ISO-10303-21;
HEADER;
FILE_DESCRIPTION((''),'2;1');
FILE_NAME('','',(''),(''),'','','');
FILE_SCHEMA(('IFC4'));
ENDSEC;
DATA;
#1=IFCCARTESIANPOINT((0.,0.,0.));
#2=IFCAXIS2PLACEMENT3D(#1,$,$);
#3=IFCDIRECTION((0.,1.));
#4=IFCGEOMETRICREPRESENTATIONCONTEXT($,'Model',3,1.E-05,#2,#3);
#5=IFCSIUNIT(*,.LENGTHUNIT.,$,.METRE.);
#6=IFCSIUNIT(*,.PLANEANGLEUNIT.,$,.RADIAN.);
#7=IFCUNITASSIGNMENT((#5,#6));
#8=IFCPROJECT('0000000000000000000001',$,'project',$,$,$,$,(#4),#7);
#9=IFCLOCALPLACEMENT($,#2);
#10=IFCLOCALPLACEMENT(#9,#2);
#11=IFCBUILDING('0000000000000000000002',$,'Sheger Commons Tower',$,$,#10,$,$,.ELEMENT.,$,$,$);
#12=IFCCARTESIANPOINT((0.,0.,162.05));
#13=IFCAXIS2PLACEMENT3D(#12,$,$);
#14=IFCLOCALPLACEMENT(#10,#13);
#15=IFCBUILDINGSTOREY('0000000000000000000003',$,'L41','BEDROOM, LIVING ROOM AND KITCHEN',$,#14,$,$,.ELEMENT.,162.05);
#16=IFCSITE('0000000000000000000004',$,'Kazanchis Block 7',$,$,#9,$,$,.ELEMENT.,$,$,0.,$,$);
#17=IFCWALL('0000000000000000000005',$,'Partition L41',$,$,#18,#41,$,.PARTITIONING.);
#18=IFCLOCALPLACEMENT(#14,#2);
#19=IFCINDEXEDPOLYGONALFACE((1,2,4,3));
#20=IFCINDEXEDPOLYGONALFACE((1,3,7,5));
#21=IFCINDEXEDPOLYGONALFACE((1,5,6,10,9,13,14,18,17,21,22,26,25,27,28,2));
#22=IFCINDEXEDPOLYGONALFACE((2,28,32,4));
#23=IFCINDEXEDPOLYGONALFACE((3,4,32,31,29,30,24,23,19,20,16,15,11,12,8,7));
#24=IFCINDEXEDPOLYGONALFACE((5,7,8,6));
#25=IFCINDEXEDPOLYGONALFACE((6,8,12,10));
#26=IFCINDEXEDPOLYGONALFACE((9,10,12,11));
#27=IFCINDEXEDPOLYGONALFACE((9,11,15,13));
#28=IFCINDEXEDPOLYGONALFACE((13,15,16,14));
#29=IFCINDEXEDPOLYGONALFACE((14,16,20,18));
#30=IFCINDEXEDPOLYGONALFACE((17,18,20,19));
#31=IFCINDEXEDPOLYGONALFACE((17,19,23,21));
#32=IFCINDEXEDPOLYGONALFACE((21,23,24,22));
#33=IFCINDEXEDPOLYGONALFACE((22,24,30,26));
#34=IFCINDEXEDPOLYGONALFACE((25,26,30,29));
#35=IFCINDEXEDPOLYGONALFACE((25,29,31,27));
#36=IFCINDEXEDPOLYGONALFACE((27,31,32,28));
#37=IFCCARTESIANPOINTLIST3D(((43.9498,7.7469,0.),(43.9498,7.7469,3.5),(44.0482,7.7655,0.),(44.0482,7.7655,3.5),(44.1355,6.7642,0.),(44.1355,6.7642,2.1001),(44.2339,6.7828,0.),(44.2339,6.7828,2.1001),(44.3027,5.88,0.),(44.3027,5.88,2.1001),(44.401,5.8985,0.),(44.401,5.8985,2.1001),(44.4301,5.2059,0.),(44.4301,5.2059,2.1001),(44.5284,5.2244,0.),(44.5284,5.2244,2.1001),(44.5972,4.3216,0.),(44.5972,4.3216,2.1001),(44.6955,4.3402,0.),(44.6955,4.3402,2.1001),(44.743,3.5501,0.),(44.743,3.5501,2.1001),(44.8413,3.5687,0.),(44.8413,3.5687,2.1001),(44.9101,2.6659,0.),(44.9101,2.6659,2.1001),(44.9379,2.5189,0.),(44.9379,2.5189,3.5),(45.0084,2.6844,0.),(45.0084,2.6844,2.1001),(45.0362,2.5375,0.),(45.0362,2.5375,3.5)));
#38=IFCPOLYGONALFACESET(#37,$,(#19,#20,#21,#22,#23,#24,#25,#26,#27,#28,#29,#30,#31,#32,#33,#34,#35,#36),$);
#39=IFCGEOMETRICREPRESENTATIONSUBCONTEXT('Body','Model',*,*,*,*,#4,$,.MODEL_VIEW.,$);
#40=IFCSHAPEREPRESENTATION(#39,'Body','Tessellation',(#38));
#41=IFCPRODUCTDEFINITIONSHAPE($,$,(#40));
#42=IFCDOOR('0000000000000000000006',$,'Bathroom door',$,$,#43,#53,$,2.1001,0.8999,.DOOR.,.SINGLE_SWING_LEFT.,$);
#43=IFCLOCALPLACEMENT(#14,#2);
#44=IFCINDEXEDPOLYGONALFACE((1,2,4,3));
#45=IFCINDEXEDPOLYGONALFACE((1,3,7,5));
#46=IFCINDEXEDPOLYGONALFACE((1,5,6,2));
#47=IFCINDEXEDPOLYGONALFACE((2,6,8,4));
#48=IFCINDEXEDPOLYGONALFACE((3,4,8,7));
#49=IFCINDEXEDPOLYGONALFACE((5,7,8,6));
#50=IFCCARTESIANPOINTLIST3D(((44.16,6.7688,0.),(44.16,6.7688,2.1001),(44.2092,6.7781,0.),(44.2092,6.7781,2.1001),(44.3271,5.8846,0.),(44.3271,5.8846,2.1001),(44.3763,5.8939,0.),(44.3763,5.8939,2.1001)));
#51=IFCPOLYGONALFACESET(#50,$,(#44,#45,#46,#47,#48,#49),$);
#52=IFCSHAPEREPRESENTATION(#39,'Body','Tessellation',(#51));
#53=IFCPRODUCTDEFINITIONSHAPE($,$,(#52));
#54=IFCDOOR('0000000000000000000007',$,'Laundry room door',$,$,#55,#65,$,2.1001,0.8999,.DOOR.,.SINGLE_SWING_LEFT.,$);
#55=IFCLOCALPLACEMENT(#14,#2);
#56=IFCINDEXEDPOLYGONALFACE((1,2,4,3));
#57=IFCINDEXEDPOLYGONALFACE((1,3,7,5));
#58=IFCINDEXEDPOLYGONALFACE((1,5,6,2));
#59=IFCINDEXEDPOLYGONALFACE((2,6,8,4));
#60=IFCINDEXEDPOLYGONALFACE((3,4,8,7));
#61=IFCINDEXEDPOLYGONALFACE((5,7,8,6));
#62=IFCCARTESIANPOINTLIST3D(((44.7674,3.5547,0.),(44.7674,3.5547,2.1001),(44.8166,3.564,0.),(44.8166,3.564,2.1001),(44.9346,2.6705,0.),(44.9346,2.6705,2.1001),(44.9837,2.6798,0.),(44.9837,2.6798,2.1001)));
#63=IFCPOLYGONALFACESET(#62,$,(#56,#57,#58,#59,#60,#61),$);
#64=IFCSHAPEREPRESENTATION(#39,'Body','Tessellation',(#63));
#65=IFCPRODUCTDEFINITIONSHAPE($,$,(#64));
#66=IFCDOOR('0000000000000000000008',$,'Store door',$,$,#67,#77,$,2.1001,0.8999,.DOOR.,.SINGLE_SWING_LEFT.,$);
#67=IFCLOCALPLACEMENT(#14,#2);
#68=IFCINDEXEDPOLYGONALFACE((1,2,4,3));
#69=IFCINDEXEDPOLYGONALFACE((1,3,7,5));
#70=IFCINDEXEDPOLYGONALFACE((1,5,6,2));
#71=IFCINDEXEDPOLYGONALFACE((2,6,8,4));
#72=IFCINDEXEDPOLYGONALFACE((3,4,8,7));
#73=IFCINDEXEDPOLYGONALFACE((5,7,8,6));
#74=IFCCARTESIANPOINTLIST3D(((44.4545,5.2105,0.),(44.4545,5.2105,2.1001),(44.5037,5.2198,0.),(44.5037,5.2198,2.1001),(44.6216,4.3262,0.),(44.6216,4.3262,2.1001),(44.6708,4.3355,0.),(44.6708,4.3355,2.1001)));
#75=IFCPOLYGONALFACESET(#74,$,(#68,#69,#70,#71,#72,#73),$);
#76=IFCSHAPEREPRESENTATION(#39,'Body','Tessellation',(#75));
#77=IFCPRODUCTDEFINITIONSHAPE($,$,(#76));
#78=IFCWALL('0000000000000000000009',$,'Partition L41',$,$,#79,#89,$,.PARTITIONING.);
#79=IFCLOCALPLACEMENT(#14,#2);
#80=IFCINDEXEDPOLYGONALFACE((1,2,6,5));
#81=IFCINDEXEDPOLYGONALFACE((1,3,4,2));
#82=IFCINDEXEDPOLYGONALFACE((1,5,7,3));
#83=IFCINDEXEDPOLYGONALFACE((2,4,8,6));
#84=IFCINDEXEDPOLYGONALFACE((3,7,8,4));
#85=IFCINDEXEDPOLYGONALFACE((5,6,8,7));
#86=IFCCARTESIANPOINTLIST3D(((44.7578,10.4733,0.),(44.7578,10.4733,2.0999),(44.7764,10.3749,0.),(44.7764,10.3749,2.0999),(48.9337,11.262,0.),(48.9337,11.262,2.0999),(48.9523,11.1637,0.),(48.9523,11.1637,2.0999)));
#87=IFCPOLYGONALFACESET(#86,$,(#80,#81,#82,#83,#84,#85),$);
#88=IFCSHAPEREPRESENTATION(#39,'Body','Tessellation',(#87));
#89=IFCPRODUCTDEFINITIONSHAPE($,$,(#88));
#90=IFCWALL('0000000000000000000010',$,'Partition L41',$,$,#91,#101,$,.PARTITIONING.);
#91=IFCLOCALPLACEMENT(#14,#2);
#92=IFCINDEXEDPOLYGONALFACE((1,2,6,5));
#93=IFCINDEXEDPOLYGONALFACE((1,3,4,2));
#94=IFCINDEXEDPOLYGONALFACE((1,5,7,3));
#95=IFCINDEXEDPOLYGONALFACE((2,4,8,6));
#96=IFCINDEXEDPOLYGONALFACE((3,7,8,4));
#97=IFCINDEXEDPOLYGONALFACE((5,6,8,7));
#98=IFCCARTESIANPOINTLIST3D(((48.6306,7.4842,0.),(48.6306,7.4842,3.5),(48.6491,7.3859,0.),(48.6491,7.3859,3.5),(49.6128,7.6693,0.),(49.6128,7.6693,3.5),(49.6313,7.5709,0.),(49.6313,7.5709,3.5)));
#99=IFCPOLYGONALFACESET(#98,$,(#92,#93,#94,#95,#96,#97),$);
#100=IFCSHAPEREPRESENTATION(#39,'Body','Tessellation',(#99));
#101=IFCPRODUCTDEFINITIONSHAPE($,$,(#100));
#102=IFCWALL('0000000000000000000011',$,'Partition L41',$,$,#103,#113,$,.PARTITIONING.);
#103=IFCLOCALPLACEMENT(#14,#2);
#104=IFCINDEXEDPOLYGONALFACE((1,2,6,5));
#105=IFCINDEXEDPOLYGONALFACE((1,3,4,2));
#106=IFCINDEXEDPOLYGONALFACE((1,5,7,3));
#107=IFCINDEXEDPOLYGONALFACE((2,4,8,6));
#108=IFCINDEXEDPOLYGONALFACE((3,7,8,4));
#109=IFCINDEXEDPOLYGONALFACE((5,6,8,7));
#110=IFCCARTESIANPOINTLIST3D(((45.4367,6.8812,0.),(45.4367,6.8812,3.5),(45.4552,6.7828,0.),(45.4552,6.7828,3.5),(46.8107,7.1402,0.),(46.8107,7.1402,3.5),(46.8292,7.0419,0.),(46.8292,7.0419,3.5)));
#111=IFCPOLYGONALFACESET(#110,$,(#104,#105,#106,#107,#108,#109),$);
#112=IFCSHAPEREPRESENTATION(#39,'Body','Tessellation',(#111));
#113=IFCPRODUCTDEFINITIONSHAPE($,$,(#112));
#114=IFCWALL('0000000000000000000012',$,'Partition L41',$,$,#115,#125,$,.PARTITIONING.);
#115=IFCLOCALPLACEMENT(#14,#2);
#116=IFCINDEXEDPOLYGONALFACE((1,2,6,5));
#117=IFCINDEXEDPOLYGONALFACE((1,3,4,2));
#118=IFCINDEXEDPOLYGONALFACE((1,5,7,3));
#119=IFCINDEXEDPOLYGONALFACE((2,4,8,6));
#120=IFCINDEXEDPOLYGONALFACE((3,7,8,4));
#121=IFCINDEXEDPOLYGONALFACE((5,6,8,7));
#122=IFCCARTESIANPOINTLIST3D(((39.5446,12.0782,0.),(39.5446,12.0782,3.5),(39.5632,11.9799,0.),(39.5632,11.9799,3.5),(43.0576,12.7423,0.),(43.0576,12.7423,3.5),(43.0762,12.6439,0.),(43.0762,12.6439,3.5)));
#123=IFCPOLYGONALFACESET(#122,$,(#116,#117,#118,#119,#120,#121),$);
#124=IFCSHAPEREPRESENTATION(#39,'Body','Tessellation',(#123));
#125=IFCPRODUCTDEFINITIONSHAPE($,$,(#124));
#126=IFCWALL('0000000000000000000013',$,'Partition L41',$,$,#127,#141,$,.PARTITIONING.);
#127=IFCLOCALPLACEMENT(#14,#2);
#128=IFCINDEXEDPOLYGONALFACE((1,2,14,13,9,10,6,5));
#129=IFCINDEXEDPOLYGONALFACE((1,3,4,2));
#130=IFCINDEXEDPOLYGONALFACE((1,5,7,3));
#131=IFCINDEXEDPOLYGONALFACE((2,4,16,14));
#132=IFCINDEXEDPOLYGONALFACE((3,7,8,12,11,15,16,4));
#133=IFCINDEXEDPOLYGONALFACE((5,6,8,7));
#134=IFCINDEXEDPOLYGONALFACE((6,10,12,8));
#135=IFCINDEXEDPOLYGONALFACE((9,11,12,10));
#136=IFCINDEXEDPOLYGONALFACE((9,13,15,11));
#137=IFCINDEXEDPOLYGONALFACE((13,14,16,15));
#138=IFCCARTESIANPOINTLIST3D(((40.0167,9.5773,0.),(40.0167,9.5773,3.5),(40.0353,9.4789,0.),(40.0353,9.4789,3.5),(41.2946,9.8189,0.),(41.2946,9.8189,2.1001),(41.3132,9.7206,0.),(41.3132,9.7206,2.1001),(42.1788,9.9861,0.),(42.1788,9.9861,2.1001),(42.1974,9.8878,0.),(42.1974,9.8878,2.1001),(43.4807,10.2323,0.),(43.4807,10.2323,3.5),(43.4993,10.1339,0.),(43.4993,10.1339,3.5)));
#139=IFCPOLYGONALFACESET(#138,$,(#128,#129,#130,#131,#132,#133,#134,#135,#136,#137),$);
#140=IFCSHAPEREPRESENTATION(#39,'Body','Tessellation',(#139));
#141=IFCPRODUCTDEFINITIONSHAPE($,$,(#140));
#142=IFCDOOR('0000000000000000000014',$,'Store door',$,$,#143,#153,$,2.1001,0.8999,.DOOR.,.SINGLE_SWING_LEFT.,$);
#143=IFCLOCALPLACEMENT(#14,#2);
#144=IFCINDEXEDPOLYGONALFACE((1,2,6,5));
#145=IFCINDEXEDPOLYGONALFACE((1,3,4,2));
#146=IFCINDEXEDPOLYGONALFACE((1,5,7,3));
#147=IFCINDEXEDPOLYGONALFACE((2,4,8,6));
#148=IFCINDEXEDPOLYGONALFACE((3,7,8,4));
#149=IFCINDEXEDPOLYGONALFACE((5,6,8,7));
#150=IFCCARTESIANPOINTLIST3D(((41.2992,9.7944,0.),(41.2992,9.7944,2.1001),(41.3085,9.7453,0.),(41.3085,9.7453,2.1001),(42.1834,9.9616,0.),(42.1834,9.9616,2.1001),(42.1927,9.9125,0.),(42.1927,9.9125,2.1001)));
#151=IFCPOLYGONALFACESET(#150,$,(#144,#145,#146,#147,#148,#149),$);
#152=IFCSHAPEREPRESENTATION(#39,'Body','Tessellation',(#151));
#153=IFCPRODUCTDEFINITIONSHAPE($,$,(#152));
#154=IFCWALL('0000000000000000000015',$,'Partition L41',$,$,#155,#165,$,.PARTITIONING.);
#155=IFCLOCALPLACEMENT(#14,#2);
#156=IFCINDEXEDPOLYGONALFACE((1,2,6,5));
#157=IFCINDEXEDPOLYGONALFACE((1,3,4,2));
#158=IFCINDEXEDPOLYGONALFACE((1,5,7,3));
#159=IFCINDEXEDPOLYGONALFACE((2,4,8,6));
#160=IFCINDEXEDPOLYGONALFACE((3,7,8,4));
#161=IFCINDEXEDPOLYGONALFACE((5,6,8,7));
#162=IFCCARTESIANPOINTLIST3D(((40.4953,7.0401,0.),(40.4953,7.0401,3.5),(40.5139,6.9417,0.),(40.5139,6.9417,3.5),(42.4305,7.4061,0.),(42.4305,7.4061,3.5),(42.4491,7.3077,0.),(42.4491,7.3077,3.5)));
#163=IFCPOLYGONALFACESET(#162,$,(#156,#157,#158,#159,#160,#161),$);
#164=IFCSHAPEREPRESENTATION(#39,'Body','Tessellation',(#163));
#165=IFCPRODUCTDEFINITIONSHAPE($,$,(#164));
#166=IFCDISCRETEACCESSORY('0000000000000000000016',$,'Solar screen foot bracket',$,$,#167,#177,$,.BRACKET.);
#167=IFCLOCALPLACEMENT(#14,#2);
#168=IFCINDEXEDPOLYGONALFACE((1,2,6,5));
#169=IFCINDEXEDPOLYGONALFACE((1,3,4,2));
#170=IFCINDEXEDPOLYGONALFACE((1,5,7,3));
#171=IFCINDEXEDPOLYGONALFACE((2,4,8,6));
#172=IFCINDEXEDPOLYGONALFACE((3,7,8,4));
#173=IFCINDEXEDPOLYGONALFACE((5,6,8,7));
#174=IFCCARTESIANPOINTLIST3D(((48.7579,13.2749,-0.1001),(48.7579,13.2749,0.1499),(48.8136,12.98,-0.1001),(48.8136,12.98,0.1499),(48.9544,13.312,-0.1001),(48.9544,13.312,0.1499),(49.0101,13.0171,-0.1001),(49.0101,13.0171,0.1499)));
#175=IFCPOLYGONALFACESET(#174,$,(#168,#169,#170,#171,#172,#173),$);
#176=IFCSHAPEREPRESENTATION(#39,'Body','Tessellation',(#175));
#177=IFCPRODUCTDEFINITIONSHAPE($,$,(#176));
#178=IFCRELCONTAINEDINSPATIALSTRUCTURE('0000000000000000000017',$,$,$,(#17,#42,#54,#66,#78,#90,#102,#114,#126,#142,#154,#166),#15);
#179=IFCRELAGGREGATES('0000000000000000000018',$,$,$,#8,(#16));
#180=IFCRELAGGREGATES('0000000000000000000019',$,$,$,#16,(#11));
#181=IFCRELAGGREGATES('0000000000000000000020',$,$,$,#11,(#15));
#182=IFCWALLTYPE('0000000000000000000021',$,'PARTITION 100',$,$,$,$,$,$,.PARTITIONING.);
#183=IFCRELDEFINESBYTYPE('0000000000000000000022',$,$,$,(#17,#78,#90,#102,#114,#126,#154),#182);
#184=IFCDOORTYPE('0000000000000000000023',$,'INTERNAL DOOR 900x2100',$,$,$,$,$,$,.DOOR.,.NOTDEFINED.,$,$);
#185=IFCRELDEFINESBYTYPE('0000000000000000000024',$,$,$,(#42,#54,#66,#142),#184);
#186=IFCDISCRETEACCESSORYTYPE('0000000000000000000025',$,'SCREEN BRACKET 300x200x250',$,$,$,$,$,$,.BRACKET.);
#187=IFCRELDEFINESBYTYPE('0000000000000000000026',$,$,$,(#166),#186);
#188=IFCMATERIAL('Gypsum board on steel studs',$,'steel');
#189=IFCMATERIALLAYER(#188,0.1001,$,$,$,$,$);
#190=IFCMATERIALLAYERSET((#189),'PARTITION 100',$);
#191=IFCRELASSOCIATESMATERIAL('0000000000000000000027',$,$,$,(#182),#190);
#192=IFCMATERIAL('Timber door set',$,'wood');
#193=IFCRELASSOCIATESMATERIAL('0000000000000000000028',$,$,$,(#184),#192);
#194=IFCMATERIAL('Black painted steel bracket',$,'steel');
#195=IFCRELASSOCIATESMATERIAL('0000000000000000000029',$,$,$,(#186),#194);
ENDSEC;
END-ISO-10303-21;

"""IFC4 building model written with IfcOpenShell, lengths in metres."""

from ifc_helpers import new_model, si_unit, direction, frame, frame_2d, origin, origin_2d, place, context, subcontext, project, spatial, rectangle, extrude, material, layer, layer_set, type_object, element, fill, save


model = new_model("IFC4")

# Units and contexts
model_context = context("Model", 3, precision=1e-05, world=origin(), true_north=direction((0.0, 1.0)))
body_context = subcontext(model_context, "Body", "Model", "MODEL_VIEW")
ifc_project = project(units=[si_unit("LENGTHUNIT", "METRE"), si_unit("PLANEANGLEUNIT", "RADIAN")], contexts=[model_context])

# Site, building, storey
site_placement = place(None, origin())
site = spatial("IfcSite", under=ifc_project, at=site_placement, Name="Kazanchis Block 7", CompositionType="ELEMENT", RefElevation=0.0)
building_placement = place(site_placement, origin())
building = spatial("IfcBuilding", under=site, at=building_placement, Name="Sheger Commons Tower", CompositionType="ELEMENT")
storey_placement = place(building_placement, frame((0.0, 0.0, 162.05)))
storey = spatial("IfcBuildingStorey", under=building, at=storey_placement, Name="L41", Description="BEDROOM, LIVING ROOM AND KITCHEN", CompositionType="ELEMENT", Elevation=162.05)

# Shared definitions
ifc_material_1 = material(Name="Gypsum board on steel studs", Category="steel")
ifc_layer_1 = layer(ifc_material_1, 0.1001)
ifc_layer_set_1 = layer_set([ifc_layer_1], Name="PARTITION 100")
wall_type_1 = type_object("IfcWallType", Name="PARTITION 100", PredefinedType="PARTITIONING", material=ifc_layer_set_1)
ifc_material_2 = material(Name="Timber door set", Category="wood")
door_type_1 = type_object("IfcDoorType", Name="INTERNAL DOOR 900x2100", OperationType="NOTDEFINED", PredefinedType="DOOR", material=ifc_material_2)

# Wall, openings, doors
wall_1_placement = place(storey_placement, frame((43.999, 7.7561, 0.0), z_axis=(0.0, 0.0, 1.0), x_axis=(0.185701, -0.982606, 0.0)))
wall_1 = element("IfcWall", 1, at=wall_1_placement, inside=storey, type_object=wall_type_1, Name="Partition L41", PredefinedType="PARTITIONING", context=body_context, shape_type="SweptSolid", body=[
    extrude(rectangle(XDim=5.3206, YDim=0.1001, at=frame_2d((2.6602, 0.0))), origin(), (0.0, 0.0, 1.0), 3.5),
])
opening_1_placement = place(wall_1_placement, frame((1.0, 0.0, 0.0)))
opening_1 = element("IfcOpeningElement", 2, at=opening_1_placement, cuts=wall_1, PredefinedType="OPENING", context=body_context, shape_type="SweptSolid", body=[
    extrude(rectangle(XDim=0.8999, YDim=2.1001, at=frame_2d((0.45, 1.05))), frame((0.0, 0.0601, 0.0), z_axis=(0.0, -1.0, 0.0), x_axis=(1.0, 0.0, 0.0)), (0.0, 0.0, 1.0), 0.1201),
])
opening_2_placement = place(wall_1_placement, frame((4.271, 0.0, 0.0)))
opening_2 = element("IfcOpeningElement", 3, at=opening_2_placement, cuts=wall_1, PredefinedType="OPENING", context=body_context, shape_type="SweptSolid", body=[
    extrude(rectangle(XDim=0.8999, YDim=2.1001, at=frame_2d((0.45, 1.05))), frame((0.0, 0.0601, 0.0), z_axis=(0.0, -1.0, 0.0), x_axis=(1.0, 0.0, 0.0)), (0.0, 0.0, 1.0), 0.1201),
])
opening_3_placement = place(wall_1_placement, frame((2.5859, 0.0, 0.0)))
opening_3 = element("IfcOpeningElement", 4, at=opening_3_placement, cuts=wall_1, PredefinedType="OPENING", context=body_context, shape_type="SweptSolid", body=[
    extrude(rectangle(XDim=0.8999, YDim=2.1001, at=frame_2d((0.45, 1.05))), frame((0.0, 0.0601, 0.0), z_axis=(0.0, -1.0, 0.0), x_axis=(1.0, 0.0, 0.0)), (0.0, 0.0, 1.0), 0.1201),
])
door_1_placement = place(opening_1_placement, origin())
door_1 = element("IfcDoor", 5, at=door_1_placement, inside=storey, type_object=door_type_1, Name="Bathroom door", OperationType="SINGLE_SWING_LEFT", OverallHeight=2.1001, OverallWidth=0.8999, PredefinedType="DOOR", context=body_context, shape_type="SweptSolid", body=[
    extrude(rectangle(XDim=0.8999, YDim=2.1001, at=frame_2d((0.45, 1.05))), frame((0.0, 0.0249, 0.0), z_axis=(0.0, -1.0, 0.0), x_axis=(1.0, 0.0, 0.0)), (0.0, 0.0, 1.0), 0.05),
])
fill(opening_1, door_1)
door_2_placement = place(opening_2_placement, origin())
door_2 = element("IfcDoor", 6, at=door_2_placement, inside=storey, type_object=door_type_1, Name="Laundry room door", OperationType="SINGLE_SWING_LEFT", OverallHeight=2.1001, OverallWidth=0.8999, PredefinedType="DOOR", context=body_context, shape_type="SweptSolid", body=[
    extrude(rectangle(XDim=0.8999, YDim=2.1001, at=frame_2d((0.45, 1.05))), frame((0.0, 0.0249, 0.0), z_axis=(0.0, -1.0, 0.0), x_axis=(1.0, 0.0, 0.0)), (0.0, 0.0, 1.0), 0.05),
])
fill(opening_2, door_2)
door_3_placement = place(opening_3_placement, origin())
door_3 = element("IfcDoor", 7, at=door_3_placement, inside=storey, type_object=door_type_1, Name="Store door", OperationType="SINGLE_SWING_LEFT", OverallHeight=2.1001, OverallWidth=0.8999, PredefinedType="DOOR", context=body_context, shape_type="SweptSolid", body=[
    extrude(rectangle(XDim=0.8999, YDim=2.1001, at=frame_2d((0.45, 1.05))), frame((0.0, 0.0249, 0.0), z_axis=(0.0, -1.0, 0.0), x_axis=(1.0, 0.0, 0.0)), (0.0, 0.0, 1.0), 0.05),
])
fill(opening_3, door_3)

# Walls
wall_2_placement = place(storey_placement, frame((48.9431, 11.2129, 0.0), z_axis=(0.0, 0.0, 1.0), x_axis=(-0.982624, -0.18561, 0.0)))
element("IfcWall", 8, at=wall_2_placement, inside=storey, type_object=wall_type_1, Name="Partition L41", PredefinedType="PARTITIONING", context=body_context, shape_type="SweptSolid", body=[
    extrude(rectangle(XDim=4.2498, YDim=0.1001, at=frame_2d((2.125, 0.0))), origin(), (0.0, 0.0, 1.0), 2.0999),
])
wall_3_placement = place(storey_placement, frame((49.6221, 7.6201, 0.0), z_axis=(0.0, 0.0, 1.0), x_axis=(-0.982709, -0.185159, 0.0)))
element("IfcWall", 9, at=wall_3_placement, inside=storey, type_object=wall_type_1, Name="Partition L41", PredefinedType="PARTITIONING", context=body_context, shape_type="SweptSolid", body=[
    extrude(rectangle(XDim=0.9995, YDim=0.1001, at=frame_2d((0.4998, 0.0))), origin(), (0.0, 0.0, 1.0), 3.5),
])
wall_4_placement = place(storey_placement, frame((46.8201, 7.0911, 0.0), z_axis=(0.0, 0.0, 1.0), x_axis=(-0.98269, -0.185258, 0.0)))
element("IfcWall", 10, at=wall_4_placement, inside=storey, type_object=wall_type_1, Name="Partition L41", PredefinedType="PARTITIONING", context=body_context, shape_type="SweptSolid", body=[
    extrude(rectangle(XDim=1.3982, YDim=0.1001, at=frame_2d((0.6992, 0.0))), origin(), (0.0, 0.0, 1.0), 3.5),
])
wall_5_placement = place(storey_placement, frame((43.0669, 12.6931, 0.0), z_axis=(0.0, 0.0, 1.0), x_axis=(-0.982598, -0.185744, 0.0)))
element("IfcWall", 11, at=wall_5_placement, inside=storey, type_object=wall_type_1, Name="Partition L41", PredefinedType="PARTITIONING", context=body_context, shape_type="SweptSolid", body=[
    extrude(rectangle(XDim=3.5752, YDim=0.1001, at=frame_2d((1.7876, 0.0))), origin(), (0.0, 0.0, 1.0), 3.5),
])

# Wall, opening, door
wall_6_placement = place(storey_placement, frame((43.49, 10.1831, 0.0), z_axis=(0.0, 0.0, 1.0), x_axis=(-0.982588, -0.185798, 0.0)))
wall_6 = element("IfcWall", 12, at=wall_6_placement, inside=storey, type_object=wall_type_1, Name="Partition L41", PredefinedType="PARTITIONING", context=body_context, shape_type="SweptSolid", body=[
    extrude(rectangle(XDim=3.5254, YDim=0.1001, at=frame_2d((1.7627, 0.0))), origin(), (0.0, 0.0, 1.0), 3.5),
])
opening_4_placement = place(wall_6_placement, frame((1.325, 0.0, 0.0)))
opening_4 = element("IfcOpeningElement", 13, at=opening_4_placement, cuts=wall_6, PredefinedType="OPENING", context=body_context, shape_type="SweptSolid", body=[
    extrude(rectangle(XDim=0.8999, YDim=2.1001, at=frame_2d((0.45, 1.05))), frame((0.0, 0.0601, 0.0), z_axis=(0.0, -1.0, 0.0), x_axis=(1.0, 0.0, 0.0)), (0.0, 0.0, 1.0), 0.1201),
])
door_4_placement = place(opening_4_placement, origin())
door_4 = element("IfcDoor", 14, at=door_4_placement, inside=storey, type_object=door_type_1, Name="Store door", OperationType="SINGLE_SWING_LEFT", OverallHeight=2.1001, OverallWidth=0.8999, PredefinedType="DOOR", context=body_context, shape_type="SweptSolid", body=[
    extrude(rectangle(XDim=0.8999, YDim=2.1001, at=frame_2d((0.45, 1.05))), frame((0.0, 0.0249, 0.0), z_axis=(0.0, -1.0, 0.0), x_axis=(1.0, 0.0, 0.0)), (0.0, 0.0, 1.0), 0.05),
])
fill(opening_4, door_4)

# Wall
wall_7_placement = place(storey_placement, frame((42.4399, 7.3569, 0.0), z_axis=(0.0, 0.0, 1.0), x_axis=(-0.982582, -0.18583, 0.0)))
element("IfcWall", 15, at=wall_7_placement, inside=storey, type_object=wall_type_1, Name="Partition L41", PredefinedType="PARTITIONING", context=body_context, shape_type="SweptSolid", body=[
    extrude(rectangle(XDim=1.9695, YDim=0.1001, at=frame_2d((0.9849, 0.0))), origin(), (0.0, 0.0, 1.0), 3.5),
])

# Discrete accessory
ifc_material_3 = material(Name="Black painted steel bracket", Category="steel")
discrete_accessory_type = type_object("IfcDiscreteAccessoryType", Name="SCREEN BRACKET 300x200x250", PredefinedType="BRACKET", material=ifc_material_3)
discrete_accessory_placement = place(storey_placement, frame((48.884, 13.146, -0.1001), z_axis=(0.0, 0.0, 1.0), x_axis=(-0.185615, 0.982623, 0.0)))
element("IfcDiscreteAccessory", 16, at=discrete_accessory_placement, inside=storey, type_object=discrete_accessory_type, Name="Solar screen foot bracket", PredefinedType="BRACKET", context=body_context, shape_type="SweptSolid", body=[
    extrude(rectangle(XDim=0.3, YDim=0.2, at=origin_2d()), origin(), (0.0, 0.0, 1.0), 0.25),
])

save(model, "model.ifc")
